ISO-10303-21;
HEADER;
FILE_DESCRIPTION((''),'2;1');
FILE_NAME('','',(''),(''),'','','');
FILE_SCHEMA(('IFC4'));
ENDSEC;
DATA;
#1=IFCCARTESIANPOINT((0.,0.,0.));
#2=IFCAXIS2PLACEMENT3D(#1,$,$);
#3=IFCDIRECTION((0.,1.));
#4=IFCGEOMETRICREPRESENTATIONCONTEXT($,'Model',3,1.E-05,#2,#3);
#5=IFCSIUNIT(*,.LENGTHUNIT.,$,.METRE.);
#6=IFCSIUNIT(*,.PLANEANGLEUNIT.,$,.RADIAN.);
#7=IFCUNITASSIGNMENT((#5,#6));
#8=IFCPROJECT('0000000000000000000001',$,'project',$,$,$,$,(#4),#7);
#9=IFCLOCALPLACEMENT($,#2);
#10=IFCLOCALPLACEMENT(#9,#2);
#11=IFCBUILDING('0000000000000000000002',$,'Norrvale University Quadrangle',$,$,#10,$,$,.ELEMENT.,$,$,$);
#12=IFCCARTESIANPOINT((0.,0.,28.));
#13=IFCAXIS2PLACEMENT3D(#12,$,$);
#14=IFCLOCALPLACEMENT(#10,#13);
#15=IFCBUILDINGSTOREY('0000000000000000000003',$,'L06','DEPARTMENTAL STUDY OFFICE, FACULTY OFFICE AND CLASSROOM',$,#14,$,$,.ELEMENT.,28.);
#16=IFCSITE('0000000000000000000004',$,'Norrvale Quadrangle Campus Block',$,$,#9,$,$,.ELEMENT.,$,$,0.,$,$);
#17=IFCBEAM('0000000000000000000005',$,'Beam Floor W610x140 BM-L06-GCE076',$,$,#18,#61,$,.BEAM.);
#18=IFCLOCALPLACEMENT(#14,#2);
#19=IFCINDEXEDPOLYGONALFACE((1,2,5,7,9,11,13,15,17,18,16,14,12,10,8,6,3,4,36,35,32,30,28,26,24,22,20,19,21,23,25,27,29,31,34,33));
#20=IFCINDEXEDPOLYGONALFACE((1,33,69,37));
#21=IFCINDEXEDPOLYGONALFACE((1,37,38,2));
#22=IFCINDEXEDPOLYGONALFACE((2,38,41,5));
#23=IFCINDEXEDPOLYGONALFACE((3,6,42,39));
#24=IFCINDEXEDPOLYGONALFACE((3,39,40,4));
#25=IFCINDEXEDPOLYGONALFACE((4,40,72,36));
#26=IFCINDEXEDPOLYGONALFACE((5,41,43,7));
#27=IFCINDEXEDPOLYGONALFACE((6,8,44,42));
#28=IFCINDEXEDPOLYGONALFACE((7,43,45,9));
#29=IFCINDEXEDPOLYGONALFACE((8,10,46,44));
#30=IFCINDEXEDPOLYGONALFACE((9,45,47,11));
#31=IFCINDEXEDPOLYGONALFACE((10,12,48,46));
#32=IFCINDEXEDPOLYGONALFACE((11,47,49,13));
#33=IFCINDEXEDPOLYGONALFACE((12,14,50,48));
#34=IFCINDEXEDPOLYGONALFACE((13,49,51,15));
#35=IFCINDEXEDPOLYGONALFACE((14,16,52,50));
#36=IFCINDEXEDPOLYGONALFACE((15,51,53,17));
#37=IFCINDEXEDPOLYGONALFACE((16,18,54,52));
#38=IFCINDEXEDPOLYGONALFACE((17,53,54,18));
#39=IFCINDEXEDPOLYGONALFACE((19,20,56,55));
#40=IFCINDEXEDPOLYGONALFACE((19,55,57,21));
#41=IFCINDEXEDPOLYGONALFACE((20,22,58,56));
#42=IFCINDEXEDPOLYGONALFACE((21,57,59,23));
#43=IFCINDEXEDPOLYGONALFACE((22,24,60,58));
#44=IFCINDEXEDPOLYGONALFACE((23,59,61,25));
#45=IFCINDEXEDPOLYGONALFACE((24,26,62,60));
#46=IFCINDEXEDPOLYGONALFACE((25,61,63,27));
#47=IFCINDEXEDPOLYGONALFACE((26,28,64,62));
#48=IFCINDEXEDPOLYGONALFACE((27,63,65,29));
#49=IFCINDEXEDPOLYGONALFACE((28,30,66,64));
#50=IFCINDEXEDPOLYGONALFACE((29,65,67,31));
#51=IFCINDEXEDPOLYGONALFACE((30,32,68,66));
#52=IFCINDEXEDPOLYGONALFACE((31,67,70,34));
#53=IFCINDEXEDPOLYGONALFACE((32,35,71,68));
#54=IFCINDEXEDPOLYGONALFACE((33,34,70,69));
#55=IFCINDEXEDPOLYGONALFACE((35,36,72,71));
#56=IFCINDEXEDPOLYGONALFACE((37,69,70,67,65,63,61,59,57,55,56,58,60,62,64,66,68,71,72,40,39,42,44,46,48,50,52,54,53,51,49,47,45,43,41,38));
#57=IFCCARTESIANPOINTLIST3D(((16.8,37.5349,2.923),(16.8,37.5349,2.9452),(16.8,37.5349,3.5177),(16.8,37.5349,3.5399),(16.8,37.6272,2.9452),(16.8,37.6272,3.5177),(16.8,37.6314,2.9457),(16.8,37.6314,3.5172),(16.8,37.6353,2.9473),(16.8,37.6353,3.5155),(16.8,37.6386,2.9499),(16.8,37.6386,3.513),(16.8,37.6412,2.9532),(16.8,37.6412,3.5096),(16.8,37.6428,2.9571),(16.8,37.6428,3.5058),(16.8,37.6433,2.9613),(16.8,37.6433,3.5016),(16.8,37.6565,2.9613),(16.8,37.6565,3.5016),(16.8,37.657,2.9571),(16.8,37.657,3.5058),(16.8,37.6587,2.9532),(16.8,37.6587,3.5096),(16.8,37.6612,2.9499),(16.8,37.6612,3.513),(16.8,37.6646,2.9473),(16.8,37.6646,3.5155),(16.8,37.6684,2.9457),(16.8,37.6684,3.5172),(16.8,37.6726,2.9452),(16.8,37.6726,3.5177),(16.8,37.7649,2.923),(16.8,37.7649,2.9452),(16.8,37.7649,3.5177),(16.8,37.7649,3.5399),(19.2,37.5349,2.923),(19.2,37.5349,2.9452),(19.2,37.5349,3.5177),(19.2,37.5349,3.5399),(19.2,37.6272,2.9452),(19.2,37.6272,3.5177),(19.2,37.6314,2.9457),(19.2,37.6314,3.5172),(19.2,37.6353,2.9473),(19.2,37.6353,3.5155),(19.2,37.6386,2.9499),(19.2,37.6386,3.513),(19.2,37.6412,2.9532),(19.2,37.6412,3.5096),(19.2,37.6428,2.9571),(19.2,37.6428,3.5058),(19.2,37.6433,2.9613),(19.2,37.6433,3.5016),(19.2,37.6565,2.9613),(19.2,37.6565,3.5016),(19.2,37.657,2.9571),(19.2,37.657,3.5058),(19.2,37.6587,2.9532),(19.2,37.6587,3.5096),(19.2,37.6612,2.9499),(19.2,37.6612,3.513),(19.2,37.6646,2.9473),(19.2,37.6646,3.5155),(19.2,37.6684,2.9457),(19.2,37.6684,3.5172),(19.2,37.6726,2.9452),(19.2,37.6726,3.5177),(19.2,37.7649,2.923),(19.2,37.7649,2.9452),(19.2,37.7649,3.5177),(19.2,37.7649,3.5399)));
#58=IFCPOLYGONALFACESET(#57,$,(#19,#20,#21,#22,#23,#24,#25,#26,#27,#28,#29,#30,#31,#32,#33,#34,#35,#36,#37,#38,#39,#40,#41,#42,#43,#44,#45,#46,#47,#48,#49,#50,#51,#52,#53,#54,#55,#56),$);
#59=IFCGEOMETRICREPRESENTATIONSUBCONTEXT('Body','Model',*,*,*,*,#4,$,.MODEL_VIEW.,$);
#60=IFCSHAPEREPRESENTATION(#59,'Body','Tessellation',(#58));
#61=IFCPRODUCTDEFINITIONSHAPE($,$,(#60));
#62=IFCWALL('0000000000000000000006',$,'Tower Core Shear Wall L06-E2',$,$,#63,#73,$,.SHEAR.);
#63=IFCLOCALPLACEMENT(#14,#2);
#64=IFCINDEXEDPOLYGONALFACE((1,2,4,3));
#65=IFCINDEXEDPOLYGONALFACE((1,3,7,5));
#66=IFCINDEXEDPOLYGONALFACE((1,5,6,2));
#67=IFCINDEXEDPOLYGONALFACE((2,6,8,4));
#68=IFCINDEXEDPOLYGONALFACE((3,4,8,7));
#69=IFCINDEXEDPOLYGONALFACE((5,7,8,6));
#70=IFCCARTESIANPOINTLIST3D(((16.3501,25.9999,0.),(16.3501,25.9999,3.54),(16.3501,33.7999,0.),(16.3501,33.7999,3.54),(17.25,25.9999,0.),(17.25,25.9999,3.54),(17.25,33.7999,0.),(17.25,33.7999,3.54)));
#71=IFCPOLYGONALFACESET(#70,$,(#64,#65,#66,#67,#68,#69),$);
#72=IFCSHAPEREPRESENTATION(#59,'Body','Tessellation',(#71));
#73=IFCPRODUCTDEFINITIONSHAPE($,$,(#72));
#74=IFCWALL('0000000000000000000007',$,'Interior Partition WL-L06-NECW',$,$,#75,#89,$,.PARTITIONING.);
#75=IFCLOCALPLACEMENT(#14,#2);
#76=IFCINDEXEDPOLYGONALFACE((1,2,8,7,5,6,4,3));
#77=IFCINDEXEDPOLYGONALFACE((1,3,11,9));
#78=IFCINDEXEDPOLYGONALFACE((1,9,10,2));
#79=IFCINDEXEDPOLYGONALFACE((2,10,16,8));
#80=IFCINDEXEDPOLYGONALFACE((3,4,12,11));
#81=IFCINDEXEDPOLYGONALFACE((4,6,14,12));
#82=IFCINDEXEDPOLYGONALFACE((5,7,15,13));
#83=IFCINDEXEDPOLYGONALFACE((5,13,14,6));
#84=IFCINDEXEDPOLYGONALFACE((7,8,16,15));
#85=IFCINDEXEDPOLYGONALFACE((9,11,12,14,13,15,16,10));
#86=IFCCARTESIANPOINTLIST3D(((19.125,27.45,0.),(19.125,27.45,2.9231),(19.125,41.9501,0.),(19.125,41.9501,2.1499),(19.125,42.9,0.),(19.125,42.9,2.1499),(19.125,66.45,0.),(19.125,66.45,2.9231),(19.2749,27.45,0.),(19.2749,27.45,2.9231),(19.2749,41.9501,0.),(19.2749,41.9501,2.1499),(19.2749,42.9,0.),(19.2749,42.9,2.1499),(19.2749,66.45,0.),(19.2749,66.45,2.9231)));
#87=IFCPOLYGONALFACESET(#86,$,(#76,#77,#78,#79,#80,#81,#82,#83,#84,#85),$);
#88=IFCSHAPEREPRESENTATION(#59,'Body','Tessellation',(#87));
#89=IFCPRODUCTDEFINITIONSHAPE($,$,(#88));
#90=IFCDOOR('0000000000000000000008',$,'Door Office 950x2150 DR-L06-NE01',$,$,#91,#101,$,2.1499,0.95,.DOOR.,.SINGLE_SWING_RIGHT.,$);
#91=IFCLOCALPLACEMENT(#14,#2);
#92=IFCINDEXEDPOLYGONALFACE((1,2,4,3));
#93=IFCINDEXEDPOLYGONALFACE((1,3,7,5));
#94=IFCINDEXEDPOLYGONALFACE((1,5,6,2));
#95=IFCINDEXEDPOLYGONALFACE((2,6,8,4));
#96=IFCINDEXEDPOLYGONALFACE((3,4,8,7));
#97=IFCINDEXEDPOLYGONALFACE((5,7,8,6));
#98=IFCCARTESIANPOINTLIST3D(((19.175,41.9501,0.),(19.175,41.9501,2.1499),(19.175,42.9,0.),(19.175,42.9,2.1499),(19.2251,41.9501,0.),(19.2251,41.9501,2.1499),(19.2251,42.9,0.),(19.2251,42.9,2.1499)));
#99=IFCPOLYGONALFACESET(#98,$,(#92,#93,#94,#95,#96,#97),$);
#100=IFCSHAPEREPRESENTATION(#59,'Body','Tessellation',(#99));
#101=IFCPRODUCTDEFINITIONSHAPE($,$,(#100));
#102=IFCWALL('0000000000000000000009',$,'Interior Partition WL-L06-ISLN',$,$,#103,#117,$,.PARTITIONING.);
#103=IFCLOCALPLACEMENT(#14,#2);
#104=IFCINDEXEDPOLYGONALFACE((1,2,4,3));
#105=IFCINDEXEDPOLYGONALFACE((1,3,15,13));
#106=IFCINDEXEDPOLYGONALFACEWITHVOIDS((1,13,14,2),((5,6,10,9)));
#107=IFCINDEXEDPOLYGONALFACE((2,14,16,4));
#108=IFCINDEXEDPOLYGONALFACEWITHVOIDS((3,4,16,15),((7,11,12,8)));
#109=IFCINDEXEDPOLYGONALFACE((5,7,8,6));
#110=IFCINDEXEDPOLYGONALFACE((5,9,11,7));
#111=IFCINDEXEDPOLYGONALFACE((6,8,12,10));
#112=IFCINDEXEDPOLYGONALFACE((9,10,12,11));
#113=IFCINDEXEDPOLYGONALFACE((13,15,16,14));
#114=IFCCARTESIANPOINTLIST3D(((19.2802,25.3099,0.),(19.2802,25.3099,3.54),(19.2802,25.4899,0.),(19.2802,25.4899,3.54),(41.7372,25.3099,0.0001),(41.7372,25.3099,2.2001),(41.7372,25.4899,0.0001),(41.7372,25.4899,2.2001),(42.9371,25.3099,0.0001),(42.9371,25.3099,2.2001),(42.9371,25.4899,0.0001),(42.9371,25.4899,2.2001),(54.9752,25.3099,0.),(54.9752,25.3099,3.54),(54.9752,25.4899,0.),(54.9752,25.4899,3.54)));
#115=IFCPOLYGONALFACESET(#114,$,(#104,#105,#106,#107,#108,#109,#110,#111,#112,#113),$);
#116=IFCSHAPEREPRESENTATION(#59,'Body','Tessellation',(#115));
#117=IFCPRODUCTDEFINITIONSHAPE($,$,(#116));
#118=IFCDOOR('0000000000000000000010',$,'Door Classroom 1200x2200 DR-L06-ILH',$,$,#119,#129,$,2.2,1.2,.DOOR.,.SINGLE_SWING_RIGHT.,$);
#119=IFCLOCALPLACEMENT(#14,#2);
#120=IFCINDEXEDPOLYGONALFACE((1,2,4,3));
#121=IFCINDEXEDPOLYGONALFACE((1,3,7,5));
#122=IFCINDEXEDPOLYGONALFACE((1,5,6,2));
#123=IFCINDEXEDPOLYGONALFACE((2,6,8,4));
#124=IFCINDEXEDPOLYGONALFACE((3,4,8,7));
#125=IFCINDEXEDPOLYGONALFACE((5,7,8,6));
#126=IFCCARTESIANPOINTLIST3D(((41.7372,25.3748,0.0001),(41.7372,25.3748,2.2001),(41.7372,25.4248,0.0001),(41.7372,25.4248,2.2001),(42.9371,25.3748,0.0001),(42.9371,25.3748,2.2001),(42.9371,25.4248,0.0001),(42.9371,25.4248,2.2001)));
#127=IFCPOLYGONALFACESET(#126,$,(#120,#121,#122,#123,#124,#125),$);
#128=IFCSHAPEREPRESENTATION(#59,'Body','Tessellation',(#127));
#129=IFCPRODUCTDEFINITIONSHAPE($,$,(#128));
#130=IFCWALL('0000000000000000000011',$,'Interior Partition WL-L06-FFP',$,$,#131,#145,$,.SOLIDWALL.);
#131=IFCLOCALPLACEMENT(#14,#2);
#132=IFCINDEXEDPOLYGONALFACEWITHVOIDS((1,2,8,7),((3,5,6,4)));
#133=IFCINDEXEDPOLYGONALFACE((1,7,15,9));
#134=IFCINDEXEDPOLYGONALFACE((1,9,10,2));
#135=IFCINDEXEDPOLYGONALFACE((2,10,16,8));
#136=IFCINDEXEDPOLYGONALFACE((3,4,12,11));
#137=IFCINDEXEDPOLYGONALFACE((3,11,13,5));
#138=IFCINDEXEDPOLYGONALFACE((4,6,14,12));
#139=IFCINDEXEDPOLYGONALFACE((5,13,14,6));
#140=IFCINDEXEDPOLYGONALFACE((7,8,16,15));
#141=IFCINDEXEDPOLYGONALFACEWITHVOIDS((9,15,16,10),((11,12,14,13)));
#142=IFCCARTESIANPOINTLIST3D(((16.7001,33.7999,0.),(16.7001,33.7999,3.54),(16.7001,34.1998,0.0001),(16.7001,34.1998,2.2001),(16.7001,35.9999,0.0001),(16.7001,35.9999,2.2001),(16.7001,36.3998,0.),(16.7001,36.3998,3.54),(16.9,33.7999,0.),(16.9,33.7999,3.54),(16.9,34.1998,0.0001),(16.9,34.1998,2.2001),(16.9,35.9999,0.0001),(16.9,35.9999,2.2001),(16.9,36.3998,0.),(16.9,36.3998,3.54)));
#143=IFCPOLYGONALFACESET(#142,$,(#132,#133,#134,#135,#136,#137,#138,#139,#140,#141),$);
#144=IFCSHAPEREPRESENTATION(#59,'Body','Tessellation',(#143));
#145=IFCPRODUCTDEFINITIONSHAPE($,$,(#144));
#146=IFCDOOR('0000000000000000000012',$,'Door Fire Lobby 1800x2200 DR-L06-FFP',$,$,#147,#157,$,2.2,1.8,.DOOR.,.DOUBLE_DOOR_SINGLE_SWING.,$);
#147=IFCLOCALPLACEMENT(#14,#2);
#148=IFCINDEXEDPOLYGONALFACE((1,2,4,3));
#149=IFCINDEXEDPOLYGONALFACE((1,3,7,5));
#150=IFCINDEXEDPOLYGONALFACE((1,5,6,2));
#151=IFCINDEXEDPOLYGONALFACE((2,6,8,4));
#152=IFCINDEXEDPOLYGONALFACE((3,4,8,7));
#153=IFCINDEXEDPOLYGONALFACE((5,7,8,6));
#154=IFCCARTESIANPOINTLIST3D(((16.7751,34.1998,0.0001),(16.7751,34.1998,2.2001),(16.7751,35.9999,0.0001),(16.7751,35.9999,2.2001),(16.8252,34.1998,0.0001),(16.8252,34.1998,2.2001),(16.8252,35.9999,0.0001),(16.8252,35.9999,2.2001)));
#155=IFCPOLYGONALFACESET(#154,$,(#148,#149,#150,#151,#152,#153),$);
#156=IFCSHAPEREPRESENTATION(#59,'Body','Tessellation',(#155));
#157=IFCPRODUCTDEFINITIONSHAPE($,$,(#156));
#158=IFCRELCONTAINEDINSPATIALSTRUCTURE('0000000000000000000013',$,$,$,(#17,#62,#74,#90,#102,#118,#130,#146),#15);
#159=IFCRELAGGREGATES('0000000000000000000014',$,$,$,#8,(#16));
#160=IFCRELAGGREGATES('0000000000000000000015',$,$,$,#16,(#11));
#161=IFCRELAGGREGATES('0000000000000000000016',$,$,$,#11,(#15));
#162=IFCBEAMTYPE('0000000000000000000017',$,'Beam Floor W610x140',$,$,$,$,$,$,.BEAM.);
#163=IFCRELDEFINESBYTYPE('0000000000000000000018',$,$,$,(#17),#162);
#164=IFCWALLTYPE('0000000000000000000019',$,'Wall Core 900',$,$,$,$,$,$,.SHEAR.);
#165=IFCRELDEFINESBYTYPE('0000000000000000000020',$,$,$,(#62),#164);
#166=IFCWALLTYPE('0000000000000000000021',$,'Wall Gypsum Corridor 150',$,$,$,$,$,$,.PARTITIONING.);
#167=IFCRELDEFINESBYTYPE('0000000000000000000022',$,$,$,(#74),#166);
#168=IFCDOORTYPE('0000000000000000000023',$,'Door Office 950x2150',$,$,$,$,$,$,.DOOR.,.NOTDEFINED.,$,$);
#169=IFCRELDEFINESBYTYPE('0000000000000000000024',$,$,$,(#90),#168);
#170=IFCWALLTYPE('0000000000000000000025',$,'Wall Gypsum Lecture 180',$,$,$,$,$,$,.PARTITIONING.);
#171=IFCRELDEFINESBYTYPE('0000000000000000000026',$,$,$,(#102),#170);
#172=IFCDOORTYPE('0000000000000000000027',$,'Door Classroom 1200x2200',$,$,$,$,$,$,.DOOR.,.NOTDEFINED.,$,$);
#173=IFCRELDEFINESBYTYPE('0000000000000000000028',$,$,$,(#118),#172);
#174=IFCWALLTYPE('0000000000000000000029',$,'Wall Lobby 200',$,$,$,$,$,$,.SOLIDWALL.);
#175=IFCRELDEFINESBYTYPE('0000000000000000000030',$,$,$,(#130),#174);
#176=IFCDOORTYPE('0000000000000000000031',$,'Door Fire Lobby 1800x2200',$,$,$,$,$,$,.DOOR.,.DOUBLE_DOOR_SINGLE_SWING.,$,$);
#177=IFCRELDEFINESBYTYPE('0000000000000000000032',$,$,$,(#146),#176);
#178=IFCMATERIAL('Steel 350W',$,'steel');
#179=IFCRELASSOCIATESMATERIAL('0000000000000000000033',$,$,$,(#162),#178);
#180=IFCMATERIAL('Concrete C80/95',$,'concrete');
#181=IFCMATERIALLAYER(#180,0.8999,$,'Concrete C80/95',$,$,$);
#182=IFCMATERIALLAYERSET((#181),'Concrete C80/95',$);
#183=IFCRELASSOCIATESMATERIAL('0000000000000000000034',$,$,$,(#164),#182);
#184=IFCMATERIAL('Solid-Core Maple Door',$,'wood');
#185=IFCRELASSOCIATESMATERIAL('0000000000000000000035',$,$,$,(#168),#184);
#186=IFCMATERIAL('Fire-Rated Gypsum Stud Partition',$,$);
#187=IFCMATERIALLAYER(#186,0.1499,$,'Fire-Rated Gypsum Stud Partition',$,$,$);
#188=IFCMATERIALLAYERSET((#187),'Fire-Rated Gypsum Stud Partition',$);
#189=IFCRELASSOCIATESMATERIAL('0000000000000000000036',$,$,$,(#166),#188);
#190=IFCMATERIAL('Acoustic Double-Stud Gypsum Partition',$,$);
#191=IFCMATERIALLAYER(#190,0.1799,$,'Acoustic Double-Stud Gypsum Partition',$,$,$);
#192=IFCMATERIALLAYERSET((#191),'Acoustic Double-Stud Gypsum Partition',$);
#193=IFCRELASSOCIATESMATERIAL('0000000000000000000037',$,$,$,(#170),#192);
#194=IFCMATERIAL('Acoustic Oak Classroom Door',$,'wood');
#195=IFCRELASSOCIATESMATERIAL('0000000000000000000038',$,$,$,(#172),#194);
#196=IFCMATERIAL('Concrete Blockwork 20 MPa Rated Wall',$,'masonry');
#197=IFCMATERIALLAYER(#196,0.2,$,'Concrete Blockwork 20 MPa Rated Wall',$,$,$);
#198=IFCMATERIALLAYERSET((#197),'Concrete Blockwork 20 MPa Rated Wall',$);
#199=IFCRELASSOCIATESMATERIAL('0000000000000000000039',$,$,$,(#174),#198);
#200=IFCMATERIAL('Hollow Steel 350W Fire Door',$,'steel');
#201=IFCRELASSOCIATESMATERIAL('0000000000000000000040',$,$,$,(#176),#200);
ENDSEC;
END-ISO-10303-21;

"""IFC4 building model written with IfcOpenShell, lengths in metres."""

from ifc_helpers import new_model, si_unit, direction, frame, frame_2d, origin, origin_2d, place, context, subcontext, project, spatial, rectangle, i_section, extrude, material, layer, layer_set, material_profile, profile_set, type_object, element, fill, save


model = new_model("IFC4")

# Units and contexts
model_context = context("Model", 3, precision=1e-05, world=origin(), true_north=direction((0.0, 1.0)))
body_context = subcontext(model_context, "Body", "Model", "MODEL_VIEW")
ifc_project = project(units=[si_unit("LENGTHUNIT", "METRE"), si_unit("PLANEANGLEUNIT", "RADIAN")], contexts=[model_context])

# Site, building, storey
site_placement = place(None, origin())
site = spatial("IfcSite", under=ifc_project, at=site_placement, Name="Norrvale Quadrangle Campus Block", CompositionType="ELEMENT", RefElevation=0.0)
building_placement = place(site_placement, origin())
building = spatial("IfcBuilding", under=site, at=building_placement, Name="Norrvale University Quadrangle", CompositionType="ELEMENT")
storey_placement = place(building_placement, frame((0.0, 0.0, 28.0)))
storey = spatial("IfcBuildingStorey", under=building, at=storey_placement, Name="L06", Description="DEPARTMENTAL STUDY OFFICE, FACULTY OFFICE AND CLASSROOM", CompositionType="ELEMENT", Elevation=28.0)

# Shared definitions
ifc_material_1 = material(Name="Concrete C80/95", Category="concrete")

# Beam
ifc_material_2 = material(Name="Steel 350W", Category="steel")
ifc_material_profile_1 = material_profile(ifc_material_2, i_section(OverallWidth=0.23, OverallDepth=0.6169, WebThickness=0.0132, FlangeThickness=0.0222, FilletRadius=0.0161, at=origin_2d()), Name="Steel 350W")
ifc_profile_set_1 = profile_set([ifc_material_profile_1], Name="Steel 350W")
beam_type_1 = type_object("IfcBeamType", Name="Beam Floor W610x140", PredefinedType="BEAM", material=ifc_profile_set_1)
for number, where, z_axis, x_axis, name in (
    (1, (16.8, 37.6499, 3.2314), (1.0, 0.0, 0.0), (0.0, 1.0, 0.0), "Beam Floor W610x140 BM-L06-GCE076"),
):
    element("IfcBeam", number, at=place(storey_placement, frame(where, z_axis=z_axis, x_axis=x_axis)), inside=storey, type_object=beam_type_1, Name=name, PredefinedType="BEAM", context=body_context, shape_type="SweptSolid", body=[
        extrude(i_section(OverallWidth=0.23, OverallDepth=0.6169, WebThickness=0.0132, FlangeThickness=0.0222, FilletRadius=0.0161, at=origin_2d()), origin(), (0.0, 0.0, 1.0), 2.3999),
    ])

# Wall
ifc_layer_1 = layer(ifc_material_1, 0.8999, Name="Concrete C80/95")
ifc_layer_set_1 = layer_set([ifc_layer_1], Name="Concrete C80/95")
wall_type_1 = type_object("IfcWallType", Name="Wall Core 900", PredefinedType="SHEAR", material=ifc_layer_set_1)
wall_1_placement = place(storey_placement, frame((16.8, 26.0, 0.0), z_axis=(0.0, 0.0, 1.0), x_axis=(0.0, 1.0, 0.0)))
element("IfcWall", 2, at=wall_1_placement, inside=storey, type_object=wall_type_1, Name="Tower Core Shear Wall L06-E2", PredefinedType="SHEAR", context=body_context, shape_type="SweptSolid", body=[
    extrude(rectangle(XDim=7.8, YDim=0.8999, at=frame_2d((3.8999, 0.0))), origin(), (0.0, 0.0, 1.0), 3.54),
])

# Walls, openings, doors
ifc_material_3 = material(Name="Solid-Core Maple Door", Category="wood")
door_type_1 = type_object("IfcDoorType", Name="Door Office 950x2150", OperationType="NOTDEFINED", PredefinedType="DOOR", material=ifc_material_3)
ifc_material_4 = material(Name="Fire-Rated Gypsum Stud Partition")
ifc_layer_2 = layer(ifc_material_4, 0.1499, Name="Fire-Rated Gypsum Stud Partition")
ifc_layer_set_2 = layer_set([ifc_layer_2], Name="Fire-Rated Gypsum Stud Partition")
wall_type_2 = type_object("IfcWallType", Name="Wall Gypsum Corridor 150", PredefinedType="PARTITIONING", material=ifc_layer_set_2)
wall_2_placement = place(storey_placement, frame((19.2, 27.45, 0.0), z_axis=(0.0, 0.0, 1.0), x_axis=(0.0, 1.0, 0.0)))
wall_2 = element("IfcWall", 3, at=wall_2_placement, inside=storey, type_object=wall_type_2, Name="Interior Partition WL-L06-NECW", PredefinedType="PARTITIONING", context=body_context, shape_type="SweptSolid", body=[
    extrude(rectangle(XDim=39.0, YDim=0.1499, at=frame_2d((19.5, 0.0))), origin(), (0.0, 0.0, 1.0), 2.9231),
])
opening_1_placement = place(wall_2_placement, frame((14.5, 0.0, 0.0)))
opening_1 = element("IfcOpeningElement", 4, at=opening_1_placement, cuts=wall_2, PredefinedType="OPENING", context=body_context, shape_type="SweptSolid", body=[
    extrude(rectangle(XDim=0.95, YDim=2.1499, at=frame_2d((0.4751, 1.075))), frame((0.0, 0.0869, 0.0), z_axis=(0.0, -1.0, 0.0), x_axis=(1.0, 0.0, 0.0)), (0.0, 0.0, 1.0), 0.1738),
])
door_1_placement = place(opening_1_placement, origin())
door_1 = element("IfcDoor", 5, at=door_1_placement, inside=storey, type_object=door_type_1, Name="Door Office 950x2150 DR-L06-NE01", OperationType="SINGLE_SWING_RIGHT", OverallHeight=2.1499, OverallWidth=0.95, PredefinedType="DOOR", context=body_context, shape_type="SweptSolid", body=[
    extrude(rectangle(XDim=0.95, YDim=2.1499, at=frame_2d((0.4751, 1.075))), frame((0.0, 0.0249, 0.0), z_axis=(0.0, -1.0, 0.0), x_axis=(1.0, 0.0, 0.0)), (0.0, 0.0, 1.0), 0.05),
])
fill(opening_1, door_1)
ifc_material_5 = material(Name="Acoustic Double-Stud Gypsum Partition")
ifc_layer_3 = layer(ifc_material_5, 0.1799, Name="Acoustic Double-Stud Gypsum Partition")
ifc_layer_set_3 = layer_set([ifc_layer_3], Name="Acoustic Double-Stud Gypsum Partition")
wall_type_3 = type_object("IfcWallType", Name="Wall Gypsum Lecture 180", PredefinedType="PARTITIONING", material=ifc_layer_set_3)
wall_3_placement = place(storey_placement, frame((19.28, 25.3999, 0.0), z_axis=(0.0, 0.0, 1.0), x_axis=(1.0, 0.0, 0.0)))
wall_3 = element("IfcWall", 6, at=wall_3_placement, inside=storey, type_object=wall_type_3, Name="Interior Partition WL-L06-ISLN", PredefinedType="PARTITIONING", context=body_context, shape_type="SweptSolid", body=[
    extrude(rectangle(XDim=35.6951, YDim=0.1799, at=frame_2d((17.8477, 0.0))), origin(), (0.0, 0.0, 1.0), 3.54),
])
opening_2_placement = place(wall_3_placement, frame((22.457, 0.0, 0.0)))
opening_2 = element("IfcOpeningElement", 7, at=opening_2_placement, cuts=wall_3, PredefinedType="OPENING", context=body_context, shape_type="SweptSolid", body=[
    extrude(rectangle(XDim=1.2, YDim=2.2, at=frame_2d((0.6001, 1.1001))), frame((0.0, 0.1021, 0.0), z_axis=(0.0, -1.0, 0.0), x_axis=(1.0, 0.0, 0.0)), (0.0, 0.0, 1.0), 0.2039),
])
ifc_material_6 = material(Name="Acoustic Oak Classroom Door", Category="wood")
door_type_2 = type_object("IfcDoorType", Name="Door Classroom 1200x2200", OperationType="NOTDEFINED", PredefinedType="DOOR", material=ifc_material_6)
door_2_placement = place(opening_2_placement, origin())
door_2 = element("IfcDoor", 8, at=door_2_placement, inside=storey, type_object=door_type_2, Name="Door Classroom 1200x2200 DR-L06-ILH", OperationType="SINGLE_SWING_RIGHT", OverallHeight=2.2, OverallWidth=1.2, PredefinedType="DOOR", context=body_context, shape_type="SweptSolid", body=[
    extrude(rectangle(XDim=1.2, YDim=2.2, at=frame_2d((0.6001, 1.1001))), frame((0.0, 0.0249, 0.0), z_axis=(0.0, -1.0, 0.0), x_axis=(1.0, 0.0, 0.0)), (0.0, 0.0, 1.0), 0.05),
])
fill(opening_2, door_2)
ifc_material_7 = material(Name="Concrete Blockwork 20 MPa Rated Wall", Category="masonry")
ifc_layer_4 = layer(ifc_material_7, 0.2, Name="Concrete Blockwork 20 MPa Rated Wall")
ifc_layer_set_4 = layer_set([ifc_layer_4], Name="Concrete Blockwork 20 MPa Rated Wall")
wall_type_4 = type_object("IfcWallType", Name="Wall Lobby 200", PredefinedType="SOLIDWALL", material=ifc_layer_set_4)
wall_4_placement = place(storey_placement, frame((16.8, 33.8, 0.0), z_axis=(0.0, 0.0, 1.0), x_axis=(0.0, 1.0, 0.0)))
wall_4 = element("IfcWall", 9, at=wall_4_placement, inside=storey, type_object=wall_type_4, Name="Interior Partition WL-L06-FFP", PredefinedType="SOLIDWALL", context=body_context, shape_type="SweptSolid", body=[
    extrude(rectangle(XDim=2.5999, YDim=0.2, at=frame_2d((1.2998, 0.0))), origin(), (0.0, 0.0, 1.0), 3.54),
])
opening_3_placement = place(wall_4_placement, frame((0.3999, 0.0, 0.0)))
opening_3 = element("IfcOpeningElement", 10, at=opening_3_placement, cuts=wall_4, PredefinedType="OPENING", context=body_context, shape_type="SweptSolid", body=[
    extrude(rectangle(XDim=1.8, YDim=2.2, at=frame_2d((0.8999, 1.1001))), frame((0.0, 0.1121, 0.0), z_axis=(0.0, -1.0, 0.0), x_axis=(1.0, 0.0, 0.0)), (0.0, 0.0, 1.0), 0.2239),
])
ifc_material_8 = material(Name="Hollow Steel 350W Fire Door", Category="steel")
door_type_3 = type_object("IfcDoorType", Name="Door Fire Lobby 1800x2200", OperationType="DOUBLE_DOOR_SINGLE_SWING", PredefinedType="DOOR", material=ifc_material_8)
door_3_placement = place(opening_3_placement, origin())
door_3 = element("IfcDoor", 11, at=door_3_placement, inside=storey, type_object=door_type_3, Name="Door Fire Lobby 1800x2200 DR-L06-FFP", OperationType="DOUBLE_DOOR_SINGLE_SWING", OverallHeight=2.2, OverallWidth=1.8, PredefinedType="DOOR", context=body_context, shape_type="SweptSolid", body=[
    extrude(rectangle(XDim=1.8, YDim=2.2, at=frame_2d((0.8999, 1.1001))), frame((0.0, 0.0249, 0.0), z_axis=(0.0, -1.0, 0.0), x_axis=(1.0, 0.0, 0.0)), (0.0, 0.0, 1.0), 0.05),
])
fill(opening_3, door_3)

save(model, "model.ifc")
